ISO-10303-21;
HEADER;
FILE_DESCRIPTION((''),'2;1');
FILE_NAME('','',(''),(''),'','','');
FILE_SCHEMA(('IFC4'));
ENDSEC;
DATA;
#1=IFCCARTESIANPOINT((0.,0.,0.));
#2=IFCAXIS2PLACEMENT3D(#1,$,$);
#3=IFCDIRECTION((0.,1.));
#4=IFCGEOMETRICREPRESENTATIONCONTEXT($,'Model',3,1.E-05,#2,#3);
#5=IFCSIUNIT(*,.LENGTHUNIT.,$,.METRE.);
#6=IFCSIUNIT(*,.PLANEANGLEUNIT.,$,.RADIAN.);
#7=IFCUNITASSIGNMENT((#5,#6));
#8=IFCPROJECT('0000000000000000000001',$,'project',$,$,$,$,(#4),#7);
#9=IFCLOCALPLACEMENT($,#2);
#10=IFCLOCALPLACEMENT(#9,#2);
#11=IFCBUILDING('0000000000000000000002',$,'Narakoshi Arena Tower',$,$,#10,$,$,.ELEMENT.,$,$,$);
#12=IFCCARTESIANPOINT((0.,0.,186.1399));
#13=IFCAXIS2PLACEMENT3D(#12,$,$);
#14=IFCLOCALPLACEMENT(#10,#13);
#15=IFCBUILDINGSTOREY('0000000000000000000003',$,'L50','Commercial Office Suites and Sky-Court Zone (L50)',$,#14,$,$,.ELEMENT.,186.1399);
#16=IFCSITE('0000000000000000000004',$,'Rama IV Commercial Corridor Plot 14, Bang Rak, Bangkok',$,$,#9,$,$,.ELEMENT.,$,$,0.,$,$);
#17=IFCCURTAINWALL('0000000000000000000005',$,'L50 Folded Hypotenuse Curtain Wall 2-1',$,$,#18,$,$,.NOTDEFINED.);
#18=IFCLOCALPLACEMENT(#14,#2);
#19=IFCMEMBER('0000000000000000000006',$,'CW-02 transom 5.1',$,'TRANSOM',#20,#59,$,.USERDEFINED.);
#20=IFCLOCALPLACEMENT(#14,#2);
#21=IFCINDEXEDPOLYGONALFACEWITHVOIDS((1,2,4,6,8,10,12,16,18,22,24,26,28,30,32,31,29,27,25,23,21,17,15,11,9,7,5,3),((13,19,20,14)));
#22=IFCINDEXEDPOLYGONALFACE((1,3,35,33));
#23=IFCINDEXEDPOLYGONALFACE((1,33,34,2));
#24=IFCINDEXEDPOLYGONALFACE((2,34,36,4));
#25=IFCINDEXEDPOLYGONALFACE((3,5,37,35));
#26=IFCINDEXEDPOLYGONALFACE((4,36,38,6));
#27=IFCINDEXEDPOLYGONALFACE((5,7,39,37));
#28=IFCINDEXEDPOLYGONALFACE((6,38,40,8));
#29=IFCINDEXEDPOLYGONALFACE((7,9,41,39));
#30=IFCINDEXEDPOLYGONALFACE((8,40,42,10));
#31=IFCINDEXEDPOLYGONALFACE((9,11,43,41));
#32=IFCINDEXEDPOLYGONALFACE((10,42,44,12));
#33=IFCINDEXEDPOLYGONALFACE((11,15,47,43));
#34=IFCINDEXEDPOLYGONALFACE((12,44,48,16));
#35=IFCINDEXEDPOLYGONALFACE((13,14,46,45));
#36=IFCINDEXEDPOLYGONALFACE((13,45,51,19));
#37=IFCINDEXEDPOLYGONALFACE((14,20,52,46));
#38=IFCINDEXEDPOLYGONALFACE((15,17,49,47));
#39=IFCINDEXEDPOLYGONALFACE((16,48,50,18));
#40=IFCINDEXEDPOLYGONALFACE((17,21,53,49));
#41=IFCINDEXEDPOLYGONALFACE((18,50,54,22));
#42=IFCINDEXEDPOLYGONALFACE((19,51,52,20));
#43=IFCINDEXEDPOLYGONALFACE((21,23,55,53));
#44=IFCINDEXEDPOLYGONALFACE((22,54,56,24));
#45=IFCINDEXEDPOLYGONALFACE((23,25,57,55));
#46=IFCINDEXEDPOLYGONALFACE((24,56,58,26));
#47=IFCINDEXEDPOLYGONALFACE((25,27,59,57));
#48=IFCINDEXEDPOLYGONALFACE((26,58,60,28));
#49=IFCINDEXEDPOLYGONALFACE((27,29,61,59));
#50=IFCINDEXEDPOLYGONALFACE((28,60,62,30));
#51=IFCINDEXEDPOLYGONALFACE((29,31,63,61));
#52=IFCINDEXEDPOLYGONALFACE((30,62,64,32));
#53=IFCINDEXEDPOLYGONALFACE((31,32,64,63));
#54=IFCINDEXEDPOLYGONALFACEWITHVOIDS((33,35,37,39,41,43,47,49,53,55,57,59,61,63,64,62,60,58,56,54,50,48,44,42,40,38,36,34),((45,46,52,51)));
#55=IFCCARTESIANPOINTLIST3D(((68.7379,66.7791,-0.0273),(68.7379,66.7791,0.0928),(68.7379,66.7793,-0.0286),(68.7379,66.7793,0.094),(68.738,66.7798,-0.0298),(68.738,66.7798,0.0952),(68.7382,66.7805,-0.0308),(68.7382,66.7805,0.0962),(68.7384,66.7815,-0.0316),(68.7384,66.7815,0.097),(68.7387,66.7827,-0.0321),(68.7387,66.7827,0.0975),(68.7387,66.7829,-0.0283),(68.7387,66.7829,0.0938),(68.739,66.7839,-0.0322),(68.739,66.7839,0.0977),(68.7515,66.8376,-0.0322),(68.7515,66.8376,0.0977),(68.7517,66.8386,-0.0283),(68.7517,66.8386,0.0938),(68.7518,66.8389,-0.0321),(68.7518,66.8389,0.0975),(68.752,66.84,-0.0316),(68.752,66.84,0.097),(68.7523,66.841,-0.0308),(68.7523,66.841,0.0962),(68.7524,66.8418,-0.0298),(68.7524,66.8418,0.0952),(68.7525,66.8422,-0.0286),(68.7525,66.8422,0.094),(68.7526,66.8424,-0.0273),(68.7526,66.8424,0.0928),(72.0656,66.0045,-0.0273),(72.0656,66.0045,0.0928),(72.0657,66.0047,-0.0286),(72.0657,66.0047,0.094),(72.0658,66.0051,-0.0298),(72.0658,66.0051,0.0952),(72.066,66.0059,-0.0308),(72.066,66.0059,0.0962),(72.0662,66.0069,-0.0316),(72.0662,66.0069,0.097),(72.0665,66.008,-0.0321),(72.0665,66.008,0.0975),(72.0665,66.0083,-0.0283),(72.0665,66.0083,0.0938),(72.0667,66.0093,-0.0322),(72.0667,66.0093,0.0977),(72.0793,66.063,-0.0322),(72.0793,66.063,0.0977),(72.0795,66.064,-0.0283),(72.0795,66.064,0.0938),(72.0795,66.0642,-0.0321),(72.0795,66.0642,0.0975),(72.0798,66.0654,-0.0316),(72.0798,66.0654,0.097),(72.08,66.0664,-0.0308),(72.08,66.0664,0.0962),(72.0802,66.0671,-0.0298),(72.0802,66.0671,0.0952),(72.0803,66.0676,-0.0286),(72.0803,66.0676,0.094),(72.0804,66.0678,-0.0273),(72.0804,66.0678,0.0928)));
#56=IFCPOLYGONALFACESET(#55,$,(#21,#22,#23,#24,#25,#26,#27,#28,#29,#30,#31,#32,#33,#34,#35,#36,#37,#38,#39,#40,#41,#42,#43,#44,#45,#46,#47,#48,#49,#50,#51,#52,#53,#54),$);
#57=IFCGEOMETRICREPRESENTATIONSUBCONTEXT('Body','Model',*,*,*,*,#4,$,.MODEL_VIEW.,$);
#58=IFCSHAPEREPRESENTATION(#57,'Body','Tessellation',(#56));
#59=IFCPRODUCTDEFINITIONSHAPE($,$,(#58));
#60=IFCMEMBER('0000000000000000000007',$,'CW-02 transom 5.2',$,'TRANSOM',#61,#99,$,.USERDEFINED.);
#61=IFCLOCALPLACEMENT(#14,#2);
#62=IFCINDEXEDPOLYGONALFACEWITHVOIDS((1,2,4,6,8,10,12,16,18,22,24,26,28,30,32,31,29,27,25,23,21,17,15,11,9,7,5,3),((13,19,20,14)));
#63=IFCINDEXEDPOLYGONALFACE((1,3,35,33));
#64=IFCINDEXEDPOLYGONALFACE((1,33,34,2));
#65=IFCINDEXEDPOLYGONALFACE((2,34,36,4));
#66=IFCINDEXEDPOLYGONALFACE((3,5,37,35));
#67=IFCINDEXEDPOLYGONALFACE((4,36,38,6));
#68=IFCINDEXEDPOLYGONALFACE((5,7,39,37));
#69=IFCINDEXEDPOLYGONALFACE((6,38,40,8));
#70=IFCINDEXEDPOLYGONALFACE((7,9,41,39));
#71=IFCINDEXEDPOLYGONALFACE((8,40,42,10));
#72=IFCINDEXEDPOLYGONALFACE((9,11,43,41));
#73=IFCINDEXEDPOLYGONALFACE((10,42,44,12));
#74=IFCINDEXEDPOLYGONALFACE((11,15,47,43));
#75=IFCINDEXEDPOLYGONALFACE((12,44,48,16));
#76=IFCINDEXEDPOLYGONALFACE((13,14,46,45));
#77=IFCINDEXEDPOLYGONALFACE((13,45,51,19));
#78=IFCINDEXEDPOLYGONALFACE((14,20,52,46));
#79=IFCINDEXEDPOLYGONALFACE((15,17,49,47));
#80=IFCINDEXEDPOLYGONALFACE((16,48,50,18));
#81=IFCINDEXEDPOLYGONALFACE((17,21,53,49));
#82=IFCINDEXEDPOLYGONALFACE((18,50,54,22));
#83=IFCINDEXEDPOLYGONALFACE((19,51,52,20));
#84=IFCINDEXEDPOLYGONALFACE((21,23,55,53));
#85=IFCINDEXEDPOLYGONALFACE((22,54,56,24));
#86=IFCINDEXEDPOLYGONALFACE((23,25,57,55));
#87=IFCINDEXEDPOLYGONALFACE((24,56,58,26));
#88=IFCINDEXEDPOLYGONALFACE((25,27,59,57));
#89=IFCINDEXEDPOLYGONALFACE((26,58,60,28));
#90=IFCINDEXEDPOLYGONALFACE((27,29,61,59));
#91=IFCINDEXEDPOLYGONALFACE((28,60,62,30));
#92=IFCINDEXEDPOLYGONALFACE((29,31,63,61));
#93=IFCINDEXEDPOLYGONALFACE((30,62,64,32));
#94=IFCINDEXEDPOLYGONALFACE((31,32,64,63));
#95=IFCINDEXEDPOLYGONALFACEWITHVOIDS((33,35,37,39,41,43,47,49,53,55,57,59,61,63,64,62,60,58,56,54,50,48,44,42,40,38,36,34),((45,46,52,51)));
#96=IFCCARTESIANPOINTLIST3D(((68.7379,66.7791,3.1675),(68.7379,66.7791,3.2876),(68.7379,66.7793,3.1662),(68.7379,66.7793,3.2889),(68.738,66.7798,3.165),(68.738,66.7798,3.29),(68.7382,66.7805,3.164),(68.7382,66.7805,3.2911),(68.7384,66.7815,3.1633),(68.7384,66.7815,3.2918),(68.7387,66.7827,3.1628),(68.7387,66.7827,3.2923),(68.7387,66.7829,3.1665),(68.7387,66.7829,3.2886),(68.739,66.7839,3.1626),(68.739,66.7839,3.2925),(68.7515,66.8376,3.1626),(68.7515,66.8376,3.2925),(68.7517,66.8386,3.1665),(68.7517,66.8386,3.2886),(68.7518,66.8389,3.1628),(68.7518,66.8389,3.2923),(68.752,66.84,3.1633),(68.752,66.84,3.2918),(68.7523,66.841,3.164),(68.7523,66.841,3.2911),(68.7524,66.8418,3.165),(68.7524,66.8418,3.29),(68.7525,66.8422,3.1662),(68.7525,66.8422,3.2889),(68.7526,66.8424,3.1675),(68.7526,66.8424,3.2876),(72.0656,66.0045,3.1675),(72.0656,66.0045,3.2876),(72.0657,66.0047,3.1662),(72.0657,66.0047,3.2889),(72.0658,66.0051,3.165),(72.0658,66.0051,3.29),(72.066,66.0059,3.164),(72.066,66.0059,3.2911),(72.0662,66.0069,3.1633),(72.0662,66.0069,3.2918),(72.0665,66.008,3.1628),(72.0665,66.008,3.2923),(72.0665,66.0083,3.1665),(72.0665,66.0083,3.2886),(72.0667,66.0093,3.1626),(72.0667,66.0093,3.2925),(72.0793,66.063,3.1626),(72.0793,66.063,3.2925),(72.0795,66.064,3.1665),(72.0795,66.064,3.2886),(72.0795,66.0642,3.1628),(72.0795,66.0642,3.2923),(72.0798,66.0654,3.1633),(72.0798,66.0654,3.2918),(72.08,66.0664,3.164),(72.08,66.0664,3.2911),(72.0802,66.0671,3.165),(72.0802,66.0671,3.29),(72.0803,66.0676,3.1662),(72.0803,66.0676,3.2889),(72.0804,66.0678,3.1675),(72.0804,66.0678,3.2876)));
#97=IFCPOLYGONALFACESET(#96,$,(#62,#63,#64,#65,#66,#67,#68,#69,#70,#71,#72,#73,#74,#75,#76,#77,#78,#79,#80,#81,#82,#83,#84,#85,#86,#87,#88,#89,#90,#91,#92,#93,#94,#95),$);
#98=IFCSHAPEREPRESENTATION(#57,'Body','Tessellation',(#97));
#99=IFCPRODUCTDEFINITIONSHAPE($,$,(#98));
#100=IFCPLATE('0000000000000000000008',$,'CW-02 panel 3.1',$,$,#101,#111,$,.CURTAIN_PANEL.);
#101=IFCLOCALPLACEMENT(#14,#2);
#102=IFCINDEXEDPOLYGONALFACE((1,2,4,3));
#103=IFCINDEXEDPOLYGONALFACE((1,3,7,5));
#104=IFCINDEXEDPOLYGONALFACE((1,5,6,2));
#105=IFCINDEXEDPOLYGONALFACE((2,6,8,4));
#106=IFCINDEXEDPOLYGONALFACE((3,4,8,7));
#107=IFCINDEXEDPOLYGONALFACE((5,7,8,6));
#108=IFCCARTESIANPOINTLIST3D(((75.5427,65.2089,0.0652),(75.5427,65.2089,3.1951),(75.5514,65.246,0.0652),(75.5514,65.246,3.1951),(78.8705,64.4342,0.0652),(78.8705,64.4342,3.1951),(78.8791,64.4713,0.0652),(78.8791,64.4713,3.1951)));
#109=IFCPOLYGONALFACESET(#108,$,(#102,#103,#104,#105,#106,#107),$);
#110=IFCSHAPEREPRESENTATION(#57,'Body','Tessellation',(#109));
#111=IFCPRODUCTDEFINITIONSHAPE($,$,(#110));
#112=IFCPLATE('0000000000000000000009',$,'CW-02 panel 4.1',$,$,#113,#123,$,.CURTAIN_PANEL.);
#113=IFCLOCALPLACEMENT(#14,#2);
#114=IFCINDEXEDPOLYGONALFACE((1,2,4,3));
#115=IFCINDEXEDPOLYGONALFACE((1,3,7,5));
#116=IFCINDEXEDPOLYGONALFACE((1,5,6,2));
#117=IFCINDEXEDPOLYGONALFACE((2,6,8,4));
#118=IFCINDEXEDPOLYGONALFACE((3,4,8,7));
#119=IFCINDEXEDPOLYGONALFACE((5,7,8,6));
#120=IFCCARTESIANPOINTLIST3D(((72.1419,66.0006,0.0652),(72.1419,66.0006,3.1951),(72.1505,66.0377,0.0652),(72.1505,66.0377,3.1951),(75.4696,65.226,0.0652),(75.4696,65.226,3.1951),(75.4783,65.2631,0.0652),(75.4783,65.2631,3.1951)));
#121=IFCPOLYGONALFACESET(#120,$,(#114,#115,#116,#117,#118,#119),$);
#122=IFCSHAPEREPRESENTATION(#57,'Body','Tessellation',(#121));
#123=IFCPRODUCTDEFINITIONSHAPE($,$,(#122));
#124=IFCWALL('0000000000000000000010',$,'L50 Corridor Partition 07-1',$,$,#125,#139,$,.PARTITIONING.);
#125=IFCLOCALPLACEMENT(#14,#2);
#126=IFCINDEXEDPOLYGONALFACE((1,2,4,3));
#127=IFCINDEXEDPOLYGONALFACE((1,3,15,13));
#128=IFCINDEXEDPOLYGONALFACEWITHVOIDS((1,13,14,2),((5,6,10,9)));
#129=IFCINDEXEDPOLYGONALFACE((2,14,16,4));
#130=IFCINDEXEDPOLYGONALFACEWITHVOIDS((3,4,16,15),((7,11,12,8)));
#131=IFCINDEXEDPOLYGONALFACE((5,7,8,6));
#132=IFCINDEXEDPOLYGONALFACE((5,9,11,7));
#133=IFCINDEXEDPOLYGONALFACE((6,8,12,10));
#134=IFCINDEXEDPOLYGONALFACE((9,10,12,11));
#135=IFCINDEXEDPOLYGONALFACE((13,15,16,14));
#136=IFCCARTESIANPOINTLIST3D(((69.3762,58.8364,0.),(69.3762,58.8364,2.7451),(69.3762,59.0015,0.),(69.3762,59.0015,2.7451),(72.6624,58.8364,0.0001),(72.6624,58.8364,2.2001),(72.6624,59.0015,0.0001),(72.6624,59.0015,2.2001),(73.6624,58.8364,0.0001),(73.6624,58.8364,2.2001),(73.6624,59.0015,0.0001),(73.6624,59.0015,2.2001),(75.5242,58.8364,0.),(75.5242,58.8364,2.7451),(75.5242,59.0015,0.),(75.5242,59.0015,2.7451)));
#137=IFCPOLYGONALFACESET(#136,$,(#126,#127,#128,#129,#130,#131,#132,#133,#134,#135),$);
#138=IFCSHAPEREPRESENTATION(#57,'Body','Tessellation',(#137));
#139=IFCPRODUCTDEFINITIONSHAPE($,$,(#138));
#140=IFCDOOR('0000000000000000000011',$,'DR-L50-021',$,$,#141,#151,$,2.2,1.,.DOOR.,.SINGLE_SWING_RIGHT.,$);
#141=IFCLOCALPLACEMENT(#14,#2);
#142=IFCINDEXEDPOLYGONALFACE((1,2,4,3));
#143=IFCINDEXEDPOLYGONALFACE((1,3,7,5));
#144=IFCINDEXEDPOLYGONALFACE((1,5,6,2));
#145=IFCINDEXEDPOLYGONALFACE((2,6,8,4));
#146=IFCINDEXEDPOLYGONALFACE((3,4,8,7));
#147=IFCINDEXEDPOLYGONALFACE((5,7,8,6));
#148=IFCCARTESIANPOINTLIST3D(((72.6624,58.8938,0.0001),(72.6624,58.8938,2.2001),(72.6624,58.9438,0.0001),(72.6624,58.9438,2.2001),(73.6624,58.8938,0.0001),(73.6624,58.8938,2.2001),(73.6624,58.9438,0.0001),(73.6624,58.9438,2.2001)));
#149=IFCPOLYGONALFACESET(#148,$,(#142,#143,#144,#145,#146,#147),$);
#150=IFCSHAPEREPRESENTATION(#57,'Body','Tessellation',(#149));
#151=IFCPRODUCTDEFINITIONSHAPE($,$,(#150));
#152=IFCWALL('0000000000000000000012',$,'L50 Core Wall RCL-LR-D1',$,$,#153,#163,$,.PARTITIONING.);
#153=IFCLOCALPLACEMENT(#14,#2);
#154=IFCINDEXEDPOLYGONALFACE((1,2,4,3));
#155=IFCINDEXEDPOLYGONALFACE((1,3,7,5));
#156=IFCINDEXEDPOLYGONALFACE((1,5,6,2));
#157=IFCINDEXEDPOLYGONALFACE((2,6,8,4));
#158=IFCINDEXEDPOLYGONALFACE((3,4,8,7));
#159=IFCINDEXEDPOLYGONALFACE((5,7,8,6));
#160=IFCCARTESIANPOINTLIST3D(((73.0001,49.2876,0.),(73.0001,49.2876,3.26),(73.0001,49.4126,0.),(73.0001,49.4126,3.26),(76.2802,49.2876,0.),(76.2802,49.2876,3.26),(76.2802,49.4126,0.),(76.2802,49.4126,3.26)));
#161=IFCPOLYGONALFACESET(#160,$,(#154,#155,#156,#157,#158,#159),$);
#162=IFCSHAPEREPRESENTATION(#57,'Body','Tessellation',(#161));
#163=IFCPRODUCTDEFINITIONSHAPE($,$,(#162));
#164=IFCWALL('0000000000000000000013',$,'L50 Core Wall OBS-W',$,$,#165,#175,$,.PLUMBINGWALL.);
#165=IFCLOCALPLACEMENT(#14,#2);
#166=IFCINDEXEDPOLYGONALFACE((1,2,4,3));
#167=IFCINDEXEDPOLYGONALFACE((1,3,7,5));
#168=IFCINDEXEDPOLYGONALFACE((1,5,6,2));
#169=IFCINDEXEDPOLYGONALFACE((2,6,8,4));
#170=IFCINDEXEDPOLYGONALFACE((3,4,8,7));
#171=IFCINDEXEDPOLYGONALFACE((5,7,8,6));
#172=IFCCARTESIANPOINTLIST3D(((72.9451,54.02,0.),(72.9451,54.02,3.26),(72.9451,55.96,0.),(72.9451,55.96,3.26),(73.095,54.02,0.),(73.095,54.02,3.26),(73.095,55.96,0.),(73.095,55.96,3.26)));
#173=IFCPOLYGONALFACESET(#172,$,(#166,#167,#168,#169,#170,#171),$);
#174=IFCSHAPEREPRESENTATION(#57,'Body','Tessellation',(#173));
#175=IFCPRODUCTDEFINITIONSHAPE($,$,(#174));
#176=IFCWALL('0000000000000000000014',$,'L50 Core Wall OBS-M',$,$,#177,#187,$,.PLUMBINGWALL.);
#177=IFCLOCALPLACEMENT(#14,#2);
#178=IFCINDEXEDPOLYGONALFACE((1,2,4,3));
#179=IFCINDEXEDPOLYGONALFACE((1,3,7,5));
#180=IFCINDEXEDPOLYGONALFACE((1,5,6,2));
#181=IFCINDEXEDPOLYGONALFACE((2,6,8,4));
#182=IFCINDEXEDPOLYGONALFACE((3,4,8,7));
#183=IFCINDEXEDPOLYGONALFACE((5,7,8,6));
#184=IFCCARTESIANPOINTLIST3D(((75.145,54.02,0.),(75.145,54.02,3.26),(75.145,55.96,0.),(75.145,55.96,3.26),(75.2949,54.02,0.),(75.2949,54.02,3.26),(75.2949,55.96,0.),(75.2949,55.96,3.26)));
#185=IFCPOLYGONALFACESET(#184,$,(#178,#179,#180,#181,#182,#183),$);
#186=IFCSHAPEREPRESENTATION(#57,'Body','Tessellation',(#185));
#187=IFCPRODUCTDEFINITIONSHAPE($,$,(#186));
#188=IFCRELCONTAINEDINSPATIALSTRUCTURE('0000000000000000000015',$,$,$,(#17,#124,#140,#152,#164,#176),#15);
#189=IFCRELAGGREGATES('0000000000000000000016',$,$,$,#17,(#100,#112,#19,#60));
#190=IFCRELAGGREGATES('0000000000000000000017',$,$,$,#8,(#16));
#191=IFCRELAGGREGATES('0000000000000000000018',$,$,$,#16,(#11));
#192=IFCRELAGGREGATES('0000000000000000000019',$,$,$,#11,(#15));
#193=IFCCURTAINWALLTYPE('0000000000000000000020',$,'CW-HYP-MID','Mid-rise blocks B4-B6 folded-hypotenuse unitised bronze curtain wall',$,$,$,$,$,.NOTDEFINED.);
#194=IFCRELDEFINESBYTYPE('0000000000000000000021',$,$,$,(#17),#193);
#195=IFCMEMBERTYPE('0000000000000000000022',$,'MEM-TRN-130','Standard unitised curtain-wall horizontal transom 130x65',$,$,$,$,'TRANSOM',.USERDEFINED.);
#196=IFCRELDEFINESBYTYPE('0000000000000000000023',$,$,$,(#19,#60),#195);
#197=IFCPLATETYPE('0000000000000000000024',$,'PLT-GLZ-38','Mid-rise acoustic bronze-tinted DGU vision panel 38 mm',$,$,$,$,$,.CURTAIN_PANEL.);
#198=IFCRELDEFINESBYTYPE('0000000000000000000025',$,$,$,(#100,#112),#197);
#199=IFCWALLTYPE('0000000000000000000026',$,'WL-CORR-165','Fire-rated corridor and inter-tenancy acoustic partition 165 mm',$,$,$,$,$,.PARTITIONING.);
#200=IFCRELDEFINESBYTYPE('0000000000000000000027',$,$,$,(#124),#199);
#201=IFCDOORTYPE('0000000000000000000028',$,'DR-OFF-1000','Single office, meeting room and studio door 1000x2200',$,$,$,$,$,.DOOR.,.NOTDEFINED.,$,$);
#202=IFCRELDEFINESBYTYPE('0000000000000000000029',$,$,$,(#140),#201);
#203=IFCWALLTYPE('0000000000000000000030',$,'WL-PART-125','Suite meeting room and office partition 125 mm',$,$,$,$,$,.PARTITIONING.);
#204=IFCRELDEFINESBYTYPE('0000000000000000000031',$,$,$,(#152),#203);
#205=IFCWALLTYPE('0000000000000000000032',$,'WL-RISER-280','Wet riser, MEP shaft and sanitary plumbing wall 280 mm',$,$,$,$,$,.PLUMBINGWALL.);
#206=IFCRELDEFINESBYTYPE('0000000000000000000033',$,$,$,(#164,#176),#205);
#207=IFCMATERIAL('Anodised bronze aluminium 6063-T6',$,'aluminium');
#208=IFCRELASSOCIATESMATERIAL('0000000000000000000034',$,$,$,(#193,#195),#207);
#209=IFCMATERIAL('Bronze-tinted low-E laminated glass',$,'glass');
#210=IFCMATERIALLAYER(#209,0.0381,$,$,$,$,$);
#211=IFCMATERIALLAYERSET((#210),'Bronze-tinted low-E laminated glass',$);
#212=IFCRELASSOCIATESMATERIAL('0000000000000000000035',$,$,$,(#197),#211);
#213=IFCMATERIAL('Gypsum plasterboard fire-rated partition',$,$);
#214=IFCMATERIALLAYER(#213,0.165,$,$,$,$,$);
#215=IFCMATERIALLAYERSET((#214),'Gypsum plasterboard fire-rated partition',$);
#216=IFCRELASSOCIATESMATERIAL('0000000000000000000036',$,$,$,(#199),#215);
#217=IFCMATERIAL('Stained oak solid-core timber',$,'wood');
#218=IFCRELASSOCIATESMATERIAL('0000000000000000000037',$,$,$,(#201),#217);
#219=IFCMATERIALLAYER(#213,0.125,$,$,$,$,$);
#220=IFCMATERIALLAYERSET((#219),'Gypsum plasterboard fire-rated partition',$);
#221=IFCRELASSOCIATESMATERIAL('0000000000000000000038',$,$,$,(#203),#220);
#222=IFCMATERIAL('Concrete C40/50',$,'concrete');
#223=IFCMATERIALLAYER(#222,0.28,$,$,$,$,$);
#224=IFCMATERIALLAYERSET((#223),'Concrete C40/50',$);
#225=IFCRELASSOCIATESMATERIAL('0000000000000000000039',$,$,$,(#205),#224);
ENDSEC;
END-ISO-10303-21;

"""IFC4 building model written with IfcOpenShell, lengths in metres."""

from ifc_helpers import new_model, si_unit, direction, frame, frame_2d, origin, origin_2d, place, context, subcontext, project, spatial, rectangle, hollow_rectangle, extrude, material, layer, layer_set, material_profile, profile_set, type_object, element, fill, aggregate, save


model = new_model("IFC4")

# Units and contexts
model_context = context("Model", 3, precision=1e-05, world=origin(), true_north=direction((0.0, 1.0)))
body_context = subcontext(model_context, "Body", "Model", "MODEL_VIEW")
ifc_project = project(units=[si_unit("LENGTHUNIT", "METRE"), si_unit("PLANEANGLEUNIT", "RADIAN")], contexts=[model_context])

# Site, building, storey
site_placement = place(None, origin())
site = spatial("IfcSite", under=ifc_project, at=site_placement, Name="Rama IV Commercial Corridor Plot 14, Bang Rak, Bangkok", CompositionType="ELEMENT", RefElevation=0.0)
building_placement = place(site_placement, origin())
building = spatial("IfcBuilding", under=site, at=building_placement, Name="Narakoshi Arena Tower", CompositionType="ELEMENT")
storey_placement = place(building_placement, frame((0.0, 0.0, 186.1399)))
storey = spatial("IfcBuildingStorey", under=building, at=storey_placement, Name="L50", Description="Commercial Office Suites and Sky-Court Zone (L50)", CompositionType="ELEMENT", Elevation=186.1399)

# Curtain wall, members, plates
ifc_material_1 = material(Name="Anodised bronze aluminium 6063-T6", Category="aluminium")
curtain_wall_type = type_object("IfcCurtainWallType", Name="CW-HYP-MID", Description="Mid-rise blocks B4-B6 folded-hypotenuse unitised bronze curtain wall", PredefinedType="NOTDEFINED", material=ifc_material_1)
curtain_wall_placement = place(storey_placement, origin())
curtain_wall = element("IfcCurtainWall", 1, at=curtain_wall_placement, inside=storey, type_object=curtain_wall_type, Name="L50 Folded Hypotenuse Curtain Wall 2-1", PredefinedType="NOTDEFINED")
ifc_material_profile_1 = material_profile(ifc_material_1, hollow_rectangle(XDim=0.0649, YDim=0.1299, WallThickness=0.0039, OuterFilletRadius=0.0049, at=origin_2d()), Name="TRN130x65x4")
ifc_profile_set_1 = profile_set([ifc_material_profile_1], Name="Anodised bronze aluminium 6063-T6")
member_type_1 = type_object("IfcMemberType", Name="MEM-TRN-130", Description="Standard unitised curtain-wall horizontal transom 130x65", ElementType="TRANSOM", PredefinedType="USERDEFINED", material=ifc_profile_set_1)
member_1_placement = place(storey_placement, frame((72.073, 66.0361, 0.0327), z_axis=(-0.973961, 0.226717, 0.0), x_axis=(-0.226717, -0.973961, 0.0)))
member_1 = element("IfcMember", 2, at=member_1_placement, type_object=member_type_1, Name="CW-02 transom 5.1", ObjectType="TRANSOM", PredefinedType="USERDEFINED", context=body_context, shape_type="SweptSolid", body=[
    extrude(hollow_rectangle(XDim=0.0649, YDim=0.1299, WallThickness=0.0039, OuterFilletRadius=0.0049, at=origin_2d()), origin(), (0.0, 0.0, 1.0), 3.4167),
])
member_2_placement = place(storey_placement, frame((72.073, 66.0361, 3.2275), z_axis=(-0.973961, 0.226717, 0.0), x_axis=(-0.226717, -0.973961, 0.0)))
member_2 = element("IfcMember", 3, at=member_2_placement, type_object=member_type_1, Name="CW-02 transom 5.2", ObjectType="TRANSOM", PredefinedType="USERDEFINED", context=body_context, shape_type="SweptSolid", body=[
    extrude(hollow_rectangle(XDim=0.0649, YDim=0.1299, WallThickness=0.0039, OuterFilletRadius=0.0049, at=origin_2d()), origin(), (0.0, 0.0, 1.0), 3.4167),
])
ifc_material_2 = material(Name="Bronze-tinted low-E laminated glass", Category="glass")
ifc_layer_1 = layer(ifc_material_2, 0.0381)
ifc_layer_set_1 = layer_set([ifc_layer_1], Name="Bronze-tinted low-E laminated glass")
plate_type = type_object("IfcPlateType", Name="PLT-GLZ-38", Description="Mid-rise acoustic bronze-tinted DGU vision panel 38 mm", PredefinedType="CURTAIN_PANEL", material=ifc_layer_set_1)
plate_1_placement = place(storey_placement, frame((77.2109, 64.8401, 0.0652), z_axis=(0.0, 0.0, 1.0), x_axis=(-0.97396, 0.226721, 0.0)))
plate_1 = element("IfcPlate", 4, at=plate_1_placement, type_object=plate_type, Name="CW-02 panel 3.1", PredefinedType="CURTAIN_PANEL", context=body_context, shape_type="SweptSolid", body=[
    extrude(rectangle(XDim=3.4167, YDim=0.0381, at=origin_2d()), origin(), (0.0, 0.0, 1.0), 3.1299),
])
plate_2_placement = place(storey_placement, frame((73.8101, 65.6318, 0.0652), z_axis=(0.0, 0.0, 1.0), x_axis=(-0.97396, 0.226721, 0.0)))
plate_2 = element("IfcPlate", 5, at=plate_2_placement, type_object=plate_type, Name="CW-02 panel 4.1", PredefinedType="CURTAIN_PANEL", context=body_context, shape_type="SweptSolid", body=[
    extrude(rectangle(XDim=3.4167, YDim=0.0381, at=origin_2d()), origin(), (0.0, 0.0, 1.0), 3.1299),
])
aggregate(curtain_wall, [plate_1, plate_2, member_1, member_2])

# Wall, opening, door
ifc_material_3 = material(Name="Gypsum plasterboard fire-rated partition")
ifc_layer_2 = layer(ifc_material_3, 0.165)
ifc_layer_set_2 = layer_set([ifc_layer_2], Name="Gypsum plasterboard fire-rated partition")
wall_type_1 = type_object("IfcWallType", Name="WL-CORR-165", Description="Fire-rated corridor and inter-tenancy acoustic partition 165 mm", PredefinedType="PARTITIONING", material=ifc_layer_set_2)
wall_1_placement = place(storey_placement, frame((75.5242, 58.9189, 0.0), z_axis=(0.0, 0.0, 1.0), x_axis=(-1.0, 0.0, 0.0)))
wall_1 = element("IfcWall", 6, at=wall_1_placement, inside=storey, type_object=wall_type_1, Name="L50 Corridor Partition 07-1", PredefinedType="PARTITIONING", context=body_context, shape_type="SweptSolid", body=[
    extrude(rectangle(XDim=6.1479, YDim=0.165, at=frame_2d((3.074, 0.0))), origin(), (0.0, 0.0, 1.0), 2.7451),
])
opening_1_placement = place(wall_1_placement, frame((1.8618, 0.0, 0.0)))
opening_1 = element("IfcOpeningElement", 7, at=opening_1_placement, cuts=wall_1, PredefinedType="OPENING", context=body_context, shape_type="SweptSolid", body=[
    extrude(rectangle(XDim=1.0, YDim=2.2, at=frame_2d((0.5, 1.1001))), frame((0.0, 0.0925, 0.0), z_axis=(0.0, -1.0, 0.0), x_axis=(1.0, 0.0, 0.0)), (0.0, 0.0, 1.0), 0.1851),
])
ifc_material_4 = material(Name="Stained oak solid-core timber", Category="wood")
door_type_1 = type_object("IfcDoorType", Name="DR-OFF-1000", Description="Single office, meeting room and studio door 1000x2200", OperationType="NOTDEFINED", PredefinedType="DOOR", material=ifc_material_4)
door_1_placement = place(opening_1_placement, frame((1.0, 0.0, 0.0), z_axis=(0.0, 0.0, 1.0), x_axis=(-1.0, 0.0, 0.0)))
door_1 = element("IfcDoor", 8, at=door_1_placement, inside=storey, type_object=door_type_1, Name="DR-L50-021", OperationType="SINGLE_SWING_RIGHT", OverallHeight=2.2, OverallWidth=1.0, PredefinedType="DOOR", context=body_context, shape_type="SweptSolid", body=[
    extrude(rectangle(XDim=1.0, YDim=2.2, at=frame_2d((0.5, 1.1001))), frame((0.0, 0.0249, 0.0), z_axis=(0.0, -1.0, 0.0), x_axis=(1.0, 0.0, 0.0)), (0.0, 0.0, 1.0), 0.05),
])
fill(opening_1, door_1)

# Walls
ifc_layer_3 = layer(ifc_material_3, 0.125)
ifc_layer_set_3 = layer_set([ifc_layer_3], Name="Gypsum plasterboard fire-rated partition")
wall_type_2 = type_object("IfcWallType", Name="WL-PART-125", Description="Suite meeting room and office partition 125 mm", PredefinedType="PARTITIONING", material=ifc_layer_set_3)
wall_2_placement = place(storey_placement, frame((73.0, 49.3501, 0.0), z_axis=(0.0, 0.0, 1.0), x_axis=(1.0, 0.0, 0.0)))
element("IfcWall", 9, at=wall_2_placement, inside=storey, type_object=wall_type_2, Name="L50 Core Wall RCL-LR-D1", PredefinedType="PARTITIONING", context=body_context, shape_type="SweptSolid", body=[
    extrude(rectangle(XDim=3.28, YDim=0.125, at=frame_2d((1.6401, 0.0))), origin(), (0.0, 0.0, 1.0), 3.26),
])
ifc_material_5 = material(Name="Concrete C40/50", Category="concrete")
ifc_layer_4 = layer(ifc_material_5, 0.28)
ifc_layer_set_4 = layer_set([ifc_layer_4], Name="Concrete C40/50")
wall_type_3 = type_object("IfcWallType", Name="WL-RISER-280", Description="Wet riser, MEP shaft and sanitary plumbing wall 280 mm", PredefinedType="PLUMBINGWALL", material=ifc_layer_set_4)
for number, where, z_axis, x_axis, name in (
    (10, (73.02, 54.02, 0.0), (0.0, 0.0, 1.0), (0.0, 1.0, 0.0), "L50 Core Wall OBS-W"),
    (11, (75.22, 54.02, 0.0), (0.0, 0.0, 1.0), (0.0, 1.0, 0.0), "L50 Core Wall OBS-M"),
):
    element("IfcWall", number, at=place(storey_placement, frame(where, z_axis=z_axis, x_axis=x_axis)), inside=storey, type_object=wall_type_3, Name=name, PredefinedType="PLUMBINGWALL", context=body_context, shape_type="SweptSolid", body=[
        extrude(rectangle(XDim=1.9399, YDim=0.1499, at=frame_2d((0.97, 0.0))), origin(), (0.0, 0.0, 1.0), 3.26),
    ])

save(model, "model.ifc")
